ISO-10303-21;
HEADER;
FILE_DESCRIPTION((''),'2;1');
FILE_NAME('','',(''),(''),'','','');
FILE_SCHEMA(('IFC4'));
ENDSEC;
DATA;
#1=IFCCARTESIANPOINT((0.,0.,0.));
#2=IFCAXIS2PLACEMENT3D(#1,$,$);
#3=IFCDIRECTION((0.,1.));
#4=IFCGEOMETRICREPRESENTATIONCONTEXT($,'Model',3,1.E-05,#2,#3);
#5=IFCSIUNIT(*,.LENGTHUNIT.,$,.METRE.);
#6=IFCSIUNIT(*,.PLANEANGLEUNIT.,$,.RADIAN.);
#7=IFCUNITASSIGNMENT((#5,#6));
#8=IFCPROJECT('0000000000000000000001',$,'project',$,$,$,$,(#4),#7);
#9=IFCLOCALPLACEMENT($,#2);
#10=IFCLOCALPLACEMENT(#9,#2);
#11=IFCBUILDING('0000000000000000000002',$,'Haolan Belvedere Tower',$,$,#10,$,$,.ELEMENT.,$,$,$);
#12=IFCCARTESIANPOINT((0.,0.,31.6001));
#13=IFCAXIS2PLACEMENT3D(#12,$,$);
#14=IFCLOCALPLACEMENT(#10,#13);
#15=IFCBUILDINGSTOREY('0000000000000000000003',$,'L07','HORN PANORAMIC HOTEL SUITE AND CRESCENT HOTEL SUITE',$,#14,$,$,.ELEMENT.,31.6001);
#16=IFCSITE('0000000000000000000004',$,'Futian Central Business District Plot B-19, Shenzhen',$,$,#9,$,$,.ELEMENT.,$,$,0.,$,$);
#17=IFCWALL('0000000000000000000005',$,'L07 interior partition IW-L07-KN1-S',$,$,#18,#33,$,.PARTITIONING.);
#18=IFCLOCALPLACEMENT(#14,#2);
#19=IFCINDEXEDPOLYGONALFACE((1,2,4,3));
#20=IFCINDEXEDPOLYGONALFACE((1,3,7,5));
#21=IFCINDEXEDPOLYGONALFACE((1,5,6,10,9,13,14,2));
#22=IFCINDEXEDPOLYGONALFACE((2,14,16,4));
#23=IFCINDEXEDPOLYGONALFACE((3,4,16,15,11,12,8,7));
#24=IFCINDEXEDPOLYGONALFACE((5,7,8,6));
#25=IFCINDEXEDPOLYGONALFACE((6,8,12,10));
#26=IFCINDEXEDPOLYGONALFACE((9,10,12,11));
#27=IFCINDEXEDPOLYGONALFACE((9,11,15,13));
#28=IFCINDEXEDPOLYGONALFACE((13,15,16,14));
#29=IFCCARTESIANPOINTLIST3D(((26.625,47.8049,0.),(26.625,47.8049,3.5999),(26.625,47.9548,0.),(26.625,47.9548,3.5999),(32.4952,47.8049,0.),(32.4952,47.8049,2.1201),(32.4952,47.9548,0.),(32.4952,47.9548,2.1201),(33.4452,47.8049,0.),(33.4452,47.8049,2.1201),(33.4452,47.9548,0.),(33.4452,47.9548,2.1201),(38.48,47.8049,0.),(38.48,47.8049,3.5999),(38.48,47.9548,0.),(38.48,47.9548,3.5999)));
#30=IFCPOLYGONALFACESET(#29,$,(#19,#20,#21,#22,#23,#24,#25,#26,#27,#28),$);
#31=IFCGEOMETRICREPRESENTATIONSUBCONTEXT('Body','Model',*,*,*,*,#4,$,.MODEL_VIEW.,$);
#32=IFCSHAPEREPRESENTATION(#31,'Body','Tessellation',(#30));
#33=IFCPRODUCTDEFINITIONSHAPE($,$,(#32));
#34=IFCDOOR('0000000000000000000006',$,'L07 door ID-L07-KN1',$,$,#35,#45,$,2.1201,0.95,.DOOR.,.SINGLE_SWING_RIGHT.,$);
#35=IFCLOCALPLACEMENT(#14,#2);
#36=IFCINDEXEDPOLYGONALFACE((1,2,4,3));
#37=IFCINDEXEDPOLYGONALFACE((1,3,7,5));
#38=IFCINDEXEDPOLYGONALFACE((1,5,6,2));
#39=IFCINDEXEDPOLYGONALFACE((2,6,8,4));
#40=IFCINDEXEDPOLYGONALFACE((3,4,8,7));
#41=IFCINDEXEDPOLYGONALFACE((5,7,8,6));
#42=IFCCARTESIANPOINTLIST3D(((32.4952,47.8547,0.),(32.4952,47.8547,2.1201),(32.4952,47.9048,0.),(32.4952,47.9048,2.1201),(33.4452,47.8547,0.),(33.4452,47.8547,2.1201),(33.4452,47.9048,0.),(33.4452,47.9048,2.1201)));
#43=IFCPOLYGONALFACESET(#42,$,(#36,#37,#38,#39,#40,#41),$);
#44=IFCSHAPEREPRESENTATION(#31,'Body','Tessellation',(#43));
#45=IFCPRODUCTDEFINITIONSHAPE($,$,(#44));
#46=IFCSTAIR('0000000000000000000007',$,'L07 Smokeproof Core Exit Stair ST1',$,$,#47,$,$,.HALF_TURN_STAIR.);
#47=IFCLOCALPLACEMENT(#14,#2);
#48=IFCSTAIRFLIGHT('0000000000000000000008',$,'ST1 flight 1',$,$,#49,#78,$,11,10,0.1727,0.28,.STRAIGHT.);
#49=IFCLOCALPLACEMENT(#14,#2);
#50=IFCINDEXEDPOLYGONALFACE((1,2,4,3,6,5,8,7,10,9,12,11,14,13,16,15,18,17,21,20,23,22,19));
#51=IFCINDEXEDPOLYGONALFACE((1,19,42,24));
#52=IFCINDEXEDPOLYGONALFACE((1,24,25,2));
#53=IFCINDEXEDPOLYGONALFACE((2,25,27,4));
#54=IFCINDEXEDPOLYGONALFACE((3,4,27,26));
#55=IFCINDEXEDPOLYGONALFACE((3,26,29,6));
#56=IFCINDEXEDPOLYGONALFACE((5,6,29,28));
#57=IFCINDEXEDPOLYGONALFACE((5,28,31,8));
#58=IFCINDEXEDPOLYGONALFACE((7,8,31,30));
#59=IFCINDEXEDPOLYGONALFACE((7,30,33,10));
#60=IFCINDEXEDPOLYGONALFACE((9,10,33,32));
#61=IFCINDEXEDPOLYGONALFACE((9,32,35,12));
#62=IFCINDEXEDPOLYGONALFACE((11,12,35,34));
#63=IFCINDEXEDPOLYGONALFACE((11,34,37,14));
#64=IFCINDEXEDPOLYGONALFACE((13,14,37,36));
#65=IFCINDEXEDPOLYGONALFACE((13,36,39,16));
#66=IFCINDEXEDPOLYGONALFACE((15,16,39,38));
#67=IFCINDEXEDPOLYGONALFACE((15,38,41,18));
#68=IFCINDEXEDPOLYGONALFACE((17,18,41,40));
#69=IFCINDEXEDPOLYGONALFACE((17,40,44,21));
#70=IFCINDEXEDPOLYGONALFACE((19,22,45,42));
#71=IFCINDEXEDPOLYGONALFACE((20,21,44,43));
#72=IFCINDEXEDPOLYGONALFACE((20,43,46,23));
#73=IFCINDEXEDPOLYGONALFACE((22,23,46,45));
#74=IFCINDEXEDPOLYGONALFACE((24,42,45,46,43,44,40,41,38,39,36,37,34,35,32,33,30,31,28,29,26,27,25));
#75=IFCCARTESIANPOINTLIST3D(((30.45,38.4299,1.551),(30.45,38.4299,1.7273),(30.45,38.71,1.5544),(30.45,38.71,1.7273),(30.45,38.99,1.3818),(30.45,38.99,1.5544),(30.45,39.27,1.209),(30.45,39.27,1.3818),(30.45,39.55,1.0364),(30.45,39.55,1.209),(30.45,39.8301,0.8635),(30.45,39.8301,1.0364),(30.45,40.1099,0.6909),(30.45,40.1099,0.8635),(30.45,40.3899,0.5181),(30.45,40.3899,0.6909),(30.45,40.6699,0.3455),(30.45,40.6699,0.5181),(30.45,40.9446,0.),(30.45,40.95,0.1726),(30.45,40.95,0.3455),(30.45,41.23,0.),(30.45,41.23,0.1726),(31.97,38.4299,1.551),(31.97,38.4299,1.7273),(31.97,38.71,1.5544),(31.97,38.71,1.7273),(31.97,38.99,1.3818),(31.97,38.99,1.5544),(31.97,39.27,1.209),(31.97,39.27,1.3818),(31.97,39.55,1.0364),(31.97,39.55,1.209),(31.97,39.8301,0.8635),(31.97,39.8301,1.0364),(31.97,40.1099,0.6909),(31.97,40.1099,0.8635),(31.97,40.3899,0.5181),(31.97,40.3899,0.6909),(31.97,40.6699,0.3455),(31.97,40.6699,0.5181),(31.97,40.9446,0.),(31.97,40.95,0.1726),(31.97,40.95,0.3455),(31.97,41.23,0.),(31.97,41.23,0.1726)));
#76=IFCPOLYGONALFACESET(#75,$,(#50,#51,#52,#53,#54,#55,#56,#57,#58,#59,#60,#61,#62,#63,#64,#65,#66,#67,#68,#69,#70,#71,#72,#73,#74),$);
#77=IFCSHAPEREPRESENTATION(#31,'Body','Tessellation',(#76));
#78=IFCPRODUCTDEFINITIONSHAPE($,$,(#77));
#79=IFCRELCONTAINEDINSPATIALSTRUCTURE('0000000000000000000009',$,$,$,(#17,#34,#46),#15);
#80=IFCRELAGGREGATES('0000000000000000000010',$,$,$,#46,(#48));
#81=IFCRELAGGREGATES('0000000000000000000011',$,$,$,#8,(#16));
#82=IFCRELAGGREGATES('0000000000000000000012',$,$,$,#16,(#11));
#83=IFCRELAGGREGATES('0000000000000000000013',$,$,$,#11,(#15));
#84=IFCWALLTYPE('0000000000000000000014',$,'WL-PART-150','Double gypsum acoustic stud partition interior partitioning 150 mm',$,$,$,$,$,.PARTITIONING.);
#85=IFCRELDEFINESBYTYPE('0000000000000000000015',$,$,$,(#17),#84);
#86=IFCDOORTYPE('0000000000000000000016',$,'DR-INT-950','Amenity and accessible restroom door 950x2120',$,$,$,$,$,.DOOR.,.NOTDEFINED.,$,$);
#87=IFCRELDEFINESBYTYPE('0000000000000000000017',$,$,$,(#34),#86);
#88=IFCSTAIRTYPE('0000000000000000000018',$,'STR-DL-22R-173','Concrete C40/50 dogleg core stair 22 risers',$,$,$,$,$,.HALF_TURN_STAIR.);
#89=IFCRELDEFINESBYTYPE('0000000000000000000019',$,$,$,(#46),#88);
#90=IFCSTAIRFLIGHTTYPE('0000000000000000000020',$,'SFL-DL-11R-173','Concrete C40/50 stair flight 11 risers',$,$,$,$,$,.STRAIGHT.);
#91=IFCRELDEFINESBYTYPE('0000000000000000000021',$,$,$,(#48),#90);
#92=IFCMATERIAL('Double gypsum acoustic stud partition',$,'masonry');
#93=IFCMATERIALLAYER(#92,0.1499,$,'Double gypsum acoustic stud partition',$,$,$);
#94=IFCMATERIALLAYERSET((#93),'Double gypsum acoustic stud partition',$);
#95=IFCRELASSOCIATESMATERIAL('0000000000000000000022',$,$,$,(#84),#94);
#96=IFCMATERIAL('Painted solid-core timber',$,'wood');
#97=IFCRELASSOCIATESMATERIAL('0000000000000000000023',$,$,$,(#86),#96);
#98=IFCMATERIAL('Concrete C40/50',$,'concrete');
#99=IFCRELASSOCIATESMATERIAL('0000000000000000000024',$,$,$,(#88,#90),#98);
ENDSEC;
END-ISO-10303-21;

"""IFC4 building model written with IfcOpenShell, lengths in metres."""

from ifc_helpers import new_model, si_unit, direction, frame, frame_2d, origin, place, context, subcontext, project, spatial, polyline, rectangle, outline, extrude, material, layer, layer_set, type_object, element, fill, aggregate, save


model = new_model("IFC4")

# Units and contexts
model_context = context("Model", 3, precision=1e-05, world=origin(), true_north=direction((0.0, 1.0)))
body_context = subcontext(model_context, "Body", "Model", "MODEL_VIEW")
ifc_project = project(units=[si_unit("LENGTHUNIT", "METRE"), si_unit("PLANEANGLEUNIT", "RADIAN")], contexts=[model_context])

# Site, building, storey
site_placement = place(None, origin())
site = spatial("IfcSite", under=ifc_project, at=site_placement, Name="Futian Central Business District Plot B-19, Shenzhen", CompositionType="ELEMENT", RefElevation=0.0)
building_placement = place(site_placement, origin())
building = spatial("IfcBuilding", under=site, at=building_placement, Name="Haolan Belvedere Tower", CompositionType="ELEMENT")
storey_placement = place(building_placement, frame((0.0, 0.0, 31.6001)))
storey = spatial("IfcBuildingStorey", under=building, at=storey_placement, Name="L07", Description="HORN PANORAMIC HOTEL SUITE AND CRESCENT HOTEL SUITE", CompositionType="ELEMENT", Elevation=31.6001)

# Shared definitions
ifc_material_1 = material(Name="Concrete C40/50", Category="concrete")

# Wall, opening, door
ifc_material_2 = material(Name="Double gypsum acoustic stud partition", Category="masonry")
ifc_layer_1 = layer(ifc_material_2, 0.1499, Name="Double gypsum acoustic stud partition")
ifc_layer_set_1 = layer_set([ifc_layer_1], Name="Double gypsum acoustic stud partition")
wall_type_1 = type_object("IfcWallType", Name="WL-PART-150", Description="Double gypsum acoustic stud partition interior partitioning 150 mm", PredefinedType="PARTITIONING", material=ifc_layer_set_1)
wall_1_placement = place(storey_placement, frame((26.625, 47.8799, 0.0), z_axis=(0.0, 0.0, 1.0), x_axis=(1.0, 0.0, 0.0)))
wall_1 = element("IfcWall", 1, at=wall_1_placement, inside=storey, type_object=wall_type_1, Name="L07 interior partition IW-L07-KN1-S", PredefinedType="PARTITIONING", context=body_context, shape_type="SweptSolid", body=[
    extrude(rectangle(XDim=11.855, YDim=0.1499, at=frame_2d((5.9275, 0.0))), origin(), (0.0, 0.0, 1.0), 3.5999),
])
opening_1_placement = place(wall_1_placement, frame((5.8701, 0.0, 0.0)))
opening_1 = element("IfcOpeningElement", 2, at=opening_1_placement, cuts=wall_1, PredefinedType="OPENING", context=body_context, shape_type="SweptSolid", body=[
    extrude(rectangle(XDim=0.95, YDim=2.1201, at=frame_2d((0.4751, 1.0601))), frame((0.0, 0.085, 0.0), z_axis=(0.0, -1.0, 0.0), x_axis=(1.0, 0.0, 0.0)), (0.0, 0.0, 1.0), 0.1699),
])
ifc_material_3 = material(Name="Painted solid-core timber", Category="wood")
door_type_1 = type_object("IfcDoorType", Name="DR-INT-950", Description="Amenity and accessible restroom door 950x2120", OperationType="NOTDEFINED", PredefinedType="DOOR", material=ifc_material_3)
door_1_placement = place(opening_1_placement, origin())
door_1 = element("IfcDoor", 3, at=door_1_placement, inside=storey, type_object=door_type_1, Name="L07 door ID-L07-KN1", OperationType="SINGLE_SWING_RIGHT", OverallHeight=2.1201, OverallWidth=0.95, PredefinedType="DOOR", context=body_context, shape_type="SweptSolid", body=[
    extrude(rectangle(XDim=0.95, YDim=2.1201, at=frame_2d((0.4751, 1.0601))), frame((0.0, 0.0249, 0.0), z_axis=(0.0, -1.0, 0.0), x_axis=(1.0, 0.0, 0.0)), (0.0, 0.0, 1.0), 0.05),
])
fill(opening_1, door_1)

# Stair, stair flight
stair_type = type_object("IfcStairType", Name="STR-DL-22R-173", Description="Concrete C40/50 dogleg core stair 22 risers", PredefinedType="HALF_TURN_STAIR", material=ifc_material_1)
stair_placement = place(storey_placement, origin())
stair = element("IfcStair", 4, at=stair_placement, inside=storey, type_object=stair_type, Name="L07 Smokeproof Core Exit Stair ST1", PredefinedType="HALF_TURN_STAIR")
stair_flight_type = type_object("IfcStairFlightType", Name="SFL-DL-11R-173", Description="Concrete C40/50 stair flight 11 risers", PredefinedType="STRAIGHT", material=ifc_material_1)
stair_flight_placement = place(storey_placement, frame((31.21, 41.23, 0.0), z_axis=(0.0, 0.0, 1.0), x_axis=(0.0, -1.0, 0.0)))
stair_flight = element("IfcStairFlight", 5, at=stair_flight_placement, type_object=stair_flight_type, Name="ST1 flight 1", NumberOfRisers=11, NumberOfTreads=10, PredefinedType="STRAIGHT", RiserHeight=0.1727, TreadLength=0.28, context=body_context, shape_type="SweptSolid", body=[
    extrude(outline(polyline([(0.0, 0.0), (0.0, 0.1726), (0.28, 0.1726), (0.28, 0.3455), (0.5601, 0.3455), (0.5601, 0.5181), (0.8401, 0.5181), (0.8401, 0.6909), (1.1201, 0.6909), (1.1201, 0.8635), (1.3999, 0.8635), (1.3999, 1.0364), (1.6799, 1.0364), (1.6799, 1.209), (1.96, 1.209), (1.96, 1.3818), (2.24, 1.3818), (2.24, 1.5544), (2.52, 1.5544), (2.52, 1.7273), (2.8, 1.7273), (2.8, 1.8999), (2.8, 1.551), (0.2854, 0.0), (0.0, 0.0)])), frame((0.0, 0.76, 0.0), z_axis=(0.0, -1.0, 0.0), x_axis=(1.0, 0.0, 0.0)), (0.0, 0.0, 1.0), 1.52),
])
aggregate(stair, [stair_flight])

save(model, "model.ifc")
